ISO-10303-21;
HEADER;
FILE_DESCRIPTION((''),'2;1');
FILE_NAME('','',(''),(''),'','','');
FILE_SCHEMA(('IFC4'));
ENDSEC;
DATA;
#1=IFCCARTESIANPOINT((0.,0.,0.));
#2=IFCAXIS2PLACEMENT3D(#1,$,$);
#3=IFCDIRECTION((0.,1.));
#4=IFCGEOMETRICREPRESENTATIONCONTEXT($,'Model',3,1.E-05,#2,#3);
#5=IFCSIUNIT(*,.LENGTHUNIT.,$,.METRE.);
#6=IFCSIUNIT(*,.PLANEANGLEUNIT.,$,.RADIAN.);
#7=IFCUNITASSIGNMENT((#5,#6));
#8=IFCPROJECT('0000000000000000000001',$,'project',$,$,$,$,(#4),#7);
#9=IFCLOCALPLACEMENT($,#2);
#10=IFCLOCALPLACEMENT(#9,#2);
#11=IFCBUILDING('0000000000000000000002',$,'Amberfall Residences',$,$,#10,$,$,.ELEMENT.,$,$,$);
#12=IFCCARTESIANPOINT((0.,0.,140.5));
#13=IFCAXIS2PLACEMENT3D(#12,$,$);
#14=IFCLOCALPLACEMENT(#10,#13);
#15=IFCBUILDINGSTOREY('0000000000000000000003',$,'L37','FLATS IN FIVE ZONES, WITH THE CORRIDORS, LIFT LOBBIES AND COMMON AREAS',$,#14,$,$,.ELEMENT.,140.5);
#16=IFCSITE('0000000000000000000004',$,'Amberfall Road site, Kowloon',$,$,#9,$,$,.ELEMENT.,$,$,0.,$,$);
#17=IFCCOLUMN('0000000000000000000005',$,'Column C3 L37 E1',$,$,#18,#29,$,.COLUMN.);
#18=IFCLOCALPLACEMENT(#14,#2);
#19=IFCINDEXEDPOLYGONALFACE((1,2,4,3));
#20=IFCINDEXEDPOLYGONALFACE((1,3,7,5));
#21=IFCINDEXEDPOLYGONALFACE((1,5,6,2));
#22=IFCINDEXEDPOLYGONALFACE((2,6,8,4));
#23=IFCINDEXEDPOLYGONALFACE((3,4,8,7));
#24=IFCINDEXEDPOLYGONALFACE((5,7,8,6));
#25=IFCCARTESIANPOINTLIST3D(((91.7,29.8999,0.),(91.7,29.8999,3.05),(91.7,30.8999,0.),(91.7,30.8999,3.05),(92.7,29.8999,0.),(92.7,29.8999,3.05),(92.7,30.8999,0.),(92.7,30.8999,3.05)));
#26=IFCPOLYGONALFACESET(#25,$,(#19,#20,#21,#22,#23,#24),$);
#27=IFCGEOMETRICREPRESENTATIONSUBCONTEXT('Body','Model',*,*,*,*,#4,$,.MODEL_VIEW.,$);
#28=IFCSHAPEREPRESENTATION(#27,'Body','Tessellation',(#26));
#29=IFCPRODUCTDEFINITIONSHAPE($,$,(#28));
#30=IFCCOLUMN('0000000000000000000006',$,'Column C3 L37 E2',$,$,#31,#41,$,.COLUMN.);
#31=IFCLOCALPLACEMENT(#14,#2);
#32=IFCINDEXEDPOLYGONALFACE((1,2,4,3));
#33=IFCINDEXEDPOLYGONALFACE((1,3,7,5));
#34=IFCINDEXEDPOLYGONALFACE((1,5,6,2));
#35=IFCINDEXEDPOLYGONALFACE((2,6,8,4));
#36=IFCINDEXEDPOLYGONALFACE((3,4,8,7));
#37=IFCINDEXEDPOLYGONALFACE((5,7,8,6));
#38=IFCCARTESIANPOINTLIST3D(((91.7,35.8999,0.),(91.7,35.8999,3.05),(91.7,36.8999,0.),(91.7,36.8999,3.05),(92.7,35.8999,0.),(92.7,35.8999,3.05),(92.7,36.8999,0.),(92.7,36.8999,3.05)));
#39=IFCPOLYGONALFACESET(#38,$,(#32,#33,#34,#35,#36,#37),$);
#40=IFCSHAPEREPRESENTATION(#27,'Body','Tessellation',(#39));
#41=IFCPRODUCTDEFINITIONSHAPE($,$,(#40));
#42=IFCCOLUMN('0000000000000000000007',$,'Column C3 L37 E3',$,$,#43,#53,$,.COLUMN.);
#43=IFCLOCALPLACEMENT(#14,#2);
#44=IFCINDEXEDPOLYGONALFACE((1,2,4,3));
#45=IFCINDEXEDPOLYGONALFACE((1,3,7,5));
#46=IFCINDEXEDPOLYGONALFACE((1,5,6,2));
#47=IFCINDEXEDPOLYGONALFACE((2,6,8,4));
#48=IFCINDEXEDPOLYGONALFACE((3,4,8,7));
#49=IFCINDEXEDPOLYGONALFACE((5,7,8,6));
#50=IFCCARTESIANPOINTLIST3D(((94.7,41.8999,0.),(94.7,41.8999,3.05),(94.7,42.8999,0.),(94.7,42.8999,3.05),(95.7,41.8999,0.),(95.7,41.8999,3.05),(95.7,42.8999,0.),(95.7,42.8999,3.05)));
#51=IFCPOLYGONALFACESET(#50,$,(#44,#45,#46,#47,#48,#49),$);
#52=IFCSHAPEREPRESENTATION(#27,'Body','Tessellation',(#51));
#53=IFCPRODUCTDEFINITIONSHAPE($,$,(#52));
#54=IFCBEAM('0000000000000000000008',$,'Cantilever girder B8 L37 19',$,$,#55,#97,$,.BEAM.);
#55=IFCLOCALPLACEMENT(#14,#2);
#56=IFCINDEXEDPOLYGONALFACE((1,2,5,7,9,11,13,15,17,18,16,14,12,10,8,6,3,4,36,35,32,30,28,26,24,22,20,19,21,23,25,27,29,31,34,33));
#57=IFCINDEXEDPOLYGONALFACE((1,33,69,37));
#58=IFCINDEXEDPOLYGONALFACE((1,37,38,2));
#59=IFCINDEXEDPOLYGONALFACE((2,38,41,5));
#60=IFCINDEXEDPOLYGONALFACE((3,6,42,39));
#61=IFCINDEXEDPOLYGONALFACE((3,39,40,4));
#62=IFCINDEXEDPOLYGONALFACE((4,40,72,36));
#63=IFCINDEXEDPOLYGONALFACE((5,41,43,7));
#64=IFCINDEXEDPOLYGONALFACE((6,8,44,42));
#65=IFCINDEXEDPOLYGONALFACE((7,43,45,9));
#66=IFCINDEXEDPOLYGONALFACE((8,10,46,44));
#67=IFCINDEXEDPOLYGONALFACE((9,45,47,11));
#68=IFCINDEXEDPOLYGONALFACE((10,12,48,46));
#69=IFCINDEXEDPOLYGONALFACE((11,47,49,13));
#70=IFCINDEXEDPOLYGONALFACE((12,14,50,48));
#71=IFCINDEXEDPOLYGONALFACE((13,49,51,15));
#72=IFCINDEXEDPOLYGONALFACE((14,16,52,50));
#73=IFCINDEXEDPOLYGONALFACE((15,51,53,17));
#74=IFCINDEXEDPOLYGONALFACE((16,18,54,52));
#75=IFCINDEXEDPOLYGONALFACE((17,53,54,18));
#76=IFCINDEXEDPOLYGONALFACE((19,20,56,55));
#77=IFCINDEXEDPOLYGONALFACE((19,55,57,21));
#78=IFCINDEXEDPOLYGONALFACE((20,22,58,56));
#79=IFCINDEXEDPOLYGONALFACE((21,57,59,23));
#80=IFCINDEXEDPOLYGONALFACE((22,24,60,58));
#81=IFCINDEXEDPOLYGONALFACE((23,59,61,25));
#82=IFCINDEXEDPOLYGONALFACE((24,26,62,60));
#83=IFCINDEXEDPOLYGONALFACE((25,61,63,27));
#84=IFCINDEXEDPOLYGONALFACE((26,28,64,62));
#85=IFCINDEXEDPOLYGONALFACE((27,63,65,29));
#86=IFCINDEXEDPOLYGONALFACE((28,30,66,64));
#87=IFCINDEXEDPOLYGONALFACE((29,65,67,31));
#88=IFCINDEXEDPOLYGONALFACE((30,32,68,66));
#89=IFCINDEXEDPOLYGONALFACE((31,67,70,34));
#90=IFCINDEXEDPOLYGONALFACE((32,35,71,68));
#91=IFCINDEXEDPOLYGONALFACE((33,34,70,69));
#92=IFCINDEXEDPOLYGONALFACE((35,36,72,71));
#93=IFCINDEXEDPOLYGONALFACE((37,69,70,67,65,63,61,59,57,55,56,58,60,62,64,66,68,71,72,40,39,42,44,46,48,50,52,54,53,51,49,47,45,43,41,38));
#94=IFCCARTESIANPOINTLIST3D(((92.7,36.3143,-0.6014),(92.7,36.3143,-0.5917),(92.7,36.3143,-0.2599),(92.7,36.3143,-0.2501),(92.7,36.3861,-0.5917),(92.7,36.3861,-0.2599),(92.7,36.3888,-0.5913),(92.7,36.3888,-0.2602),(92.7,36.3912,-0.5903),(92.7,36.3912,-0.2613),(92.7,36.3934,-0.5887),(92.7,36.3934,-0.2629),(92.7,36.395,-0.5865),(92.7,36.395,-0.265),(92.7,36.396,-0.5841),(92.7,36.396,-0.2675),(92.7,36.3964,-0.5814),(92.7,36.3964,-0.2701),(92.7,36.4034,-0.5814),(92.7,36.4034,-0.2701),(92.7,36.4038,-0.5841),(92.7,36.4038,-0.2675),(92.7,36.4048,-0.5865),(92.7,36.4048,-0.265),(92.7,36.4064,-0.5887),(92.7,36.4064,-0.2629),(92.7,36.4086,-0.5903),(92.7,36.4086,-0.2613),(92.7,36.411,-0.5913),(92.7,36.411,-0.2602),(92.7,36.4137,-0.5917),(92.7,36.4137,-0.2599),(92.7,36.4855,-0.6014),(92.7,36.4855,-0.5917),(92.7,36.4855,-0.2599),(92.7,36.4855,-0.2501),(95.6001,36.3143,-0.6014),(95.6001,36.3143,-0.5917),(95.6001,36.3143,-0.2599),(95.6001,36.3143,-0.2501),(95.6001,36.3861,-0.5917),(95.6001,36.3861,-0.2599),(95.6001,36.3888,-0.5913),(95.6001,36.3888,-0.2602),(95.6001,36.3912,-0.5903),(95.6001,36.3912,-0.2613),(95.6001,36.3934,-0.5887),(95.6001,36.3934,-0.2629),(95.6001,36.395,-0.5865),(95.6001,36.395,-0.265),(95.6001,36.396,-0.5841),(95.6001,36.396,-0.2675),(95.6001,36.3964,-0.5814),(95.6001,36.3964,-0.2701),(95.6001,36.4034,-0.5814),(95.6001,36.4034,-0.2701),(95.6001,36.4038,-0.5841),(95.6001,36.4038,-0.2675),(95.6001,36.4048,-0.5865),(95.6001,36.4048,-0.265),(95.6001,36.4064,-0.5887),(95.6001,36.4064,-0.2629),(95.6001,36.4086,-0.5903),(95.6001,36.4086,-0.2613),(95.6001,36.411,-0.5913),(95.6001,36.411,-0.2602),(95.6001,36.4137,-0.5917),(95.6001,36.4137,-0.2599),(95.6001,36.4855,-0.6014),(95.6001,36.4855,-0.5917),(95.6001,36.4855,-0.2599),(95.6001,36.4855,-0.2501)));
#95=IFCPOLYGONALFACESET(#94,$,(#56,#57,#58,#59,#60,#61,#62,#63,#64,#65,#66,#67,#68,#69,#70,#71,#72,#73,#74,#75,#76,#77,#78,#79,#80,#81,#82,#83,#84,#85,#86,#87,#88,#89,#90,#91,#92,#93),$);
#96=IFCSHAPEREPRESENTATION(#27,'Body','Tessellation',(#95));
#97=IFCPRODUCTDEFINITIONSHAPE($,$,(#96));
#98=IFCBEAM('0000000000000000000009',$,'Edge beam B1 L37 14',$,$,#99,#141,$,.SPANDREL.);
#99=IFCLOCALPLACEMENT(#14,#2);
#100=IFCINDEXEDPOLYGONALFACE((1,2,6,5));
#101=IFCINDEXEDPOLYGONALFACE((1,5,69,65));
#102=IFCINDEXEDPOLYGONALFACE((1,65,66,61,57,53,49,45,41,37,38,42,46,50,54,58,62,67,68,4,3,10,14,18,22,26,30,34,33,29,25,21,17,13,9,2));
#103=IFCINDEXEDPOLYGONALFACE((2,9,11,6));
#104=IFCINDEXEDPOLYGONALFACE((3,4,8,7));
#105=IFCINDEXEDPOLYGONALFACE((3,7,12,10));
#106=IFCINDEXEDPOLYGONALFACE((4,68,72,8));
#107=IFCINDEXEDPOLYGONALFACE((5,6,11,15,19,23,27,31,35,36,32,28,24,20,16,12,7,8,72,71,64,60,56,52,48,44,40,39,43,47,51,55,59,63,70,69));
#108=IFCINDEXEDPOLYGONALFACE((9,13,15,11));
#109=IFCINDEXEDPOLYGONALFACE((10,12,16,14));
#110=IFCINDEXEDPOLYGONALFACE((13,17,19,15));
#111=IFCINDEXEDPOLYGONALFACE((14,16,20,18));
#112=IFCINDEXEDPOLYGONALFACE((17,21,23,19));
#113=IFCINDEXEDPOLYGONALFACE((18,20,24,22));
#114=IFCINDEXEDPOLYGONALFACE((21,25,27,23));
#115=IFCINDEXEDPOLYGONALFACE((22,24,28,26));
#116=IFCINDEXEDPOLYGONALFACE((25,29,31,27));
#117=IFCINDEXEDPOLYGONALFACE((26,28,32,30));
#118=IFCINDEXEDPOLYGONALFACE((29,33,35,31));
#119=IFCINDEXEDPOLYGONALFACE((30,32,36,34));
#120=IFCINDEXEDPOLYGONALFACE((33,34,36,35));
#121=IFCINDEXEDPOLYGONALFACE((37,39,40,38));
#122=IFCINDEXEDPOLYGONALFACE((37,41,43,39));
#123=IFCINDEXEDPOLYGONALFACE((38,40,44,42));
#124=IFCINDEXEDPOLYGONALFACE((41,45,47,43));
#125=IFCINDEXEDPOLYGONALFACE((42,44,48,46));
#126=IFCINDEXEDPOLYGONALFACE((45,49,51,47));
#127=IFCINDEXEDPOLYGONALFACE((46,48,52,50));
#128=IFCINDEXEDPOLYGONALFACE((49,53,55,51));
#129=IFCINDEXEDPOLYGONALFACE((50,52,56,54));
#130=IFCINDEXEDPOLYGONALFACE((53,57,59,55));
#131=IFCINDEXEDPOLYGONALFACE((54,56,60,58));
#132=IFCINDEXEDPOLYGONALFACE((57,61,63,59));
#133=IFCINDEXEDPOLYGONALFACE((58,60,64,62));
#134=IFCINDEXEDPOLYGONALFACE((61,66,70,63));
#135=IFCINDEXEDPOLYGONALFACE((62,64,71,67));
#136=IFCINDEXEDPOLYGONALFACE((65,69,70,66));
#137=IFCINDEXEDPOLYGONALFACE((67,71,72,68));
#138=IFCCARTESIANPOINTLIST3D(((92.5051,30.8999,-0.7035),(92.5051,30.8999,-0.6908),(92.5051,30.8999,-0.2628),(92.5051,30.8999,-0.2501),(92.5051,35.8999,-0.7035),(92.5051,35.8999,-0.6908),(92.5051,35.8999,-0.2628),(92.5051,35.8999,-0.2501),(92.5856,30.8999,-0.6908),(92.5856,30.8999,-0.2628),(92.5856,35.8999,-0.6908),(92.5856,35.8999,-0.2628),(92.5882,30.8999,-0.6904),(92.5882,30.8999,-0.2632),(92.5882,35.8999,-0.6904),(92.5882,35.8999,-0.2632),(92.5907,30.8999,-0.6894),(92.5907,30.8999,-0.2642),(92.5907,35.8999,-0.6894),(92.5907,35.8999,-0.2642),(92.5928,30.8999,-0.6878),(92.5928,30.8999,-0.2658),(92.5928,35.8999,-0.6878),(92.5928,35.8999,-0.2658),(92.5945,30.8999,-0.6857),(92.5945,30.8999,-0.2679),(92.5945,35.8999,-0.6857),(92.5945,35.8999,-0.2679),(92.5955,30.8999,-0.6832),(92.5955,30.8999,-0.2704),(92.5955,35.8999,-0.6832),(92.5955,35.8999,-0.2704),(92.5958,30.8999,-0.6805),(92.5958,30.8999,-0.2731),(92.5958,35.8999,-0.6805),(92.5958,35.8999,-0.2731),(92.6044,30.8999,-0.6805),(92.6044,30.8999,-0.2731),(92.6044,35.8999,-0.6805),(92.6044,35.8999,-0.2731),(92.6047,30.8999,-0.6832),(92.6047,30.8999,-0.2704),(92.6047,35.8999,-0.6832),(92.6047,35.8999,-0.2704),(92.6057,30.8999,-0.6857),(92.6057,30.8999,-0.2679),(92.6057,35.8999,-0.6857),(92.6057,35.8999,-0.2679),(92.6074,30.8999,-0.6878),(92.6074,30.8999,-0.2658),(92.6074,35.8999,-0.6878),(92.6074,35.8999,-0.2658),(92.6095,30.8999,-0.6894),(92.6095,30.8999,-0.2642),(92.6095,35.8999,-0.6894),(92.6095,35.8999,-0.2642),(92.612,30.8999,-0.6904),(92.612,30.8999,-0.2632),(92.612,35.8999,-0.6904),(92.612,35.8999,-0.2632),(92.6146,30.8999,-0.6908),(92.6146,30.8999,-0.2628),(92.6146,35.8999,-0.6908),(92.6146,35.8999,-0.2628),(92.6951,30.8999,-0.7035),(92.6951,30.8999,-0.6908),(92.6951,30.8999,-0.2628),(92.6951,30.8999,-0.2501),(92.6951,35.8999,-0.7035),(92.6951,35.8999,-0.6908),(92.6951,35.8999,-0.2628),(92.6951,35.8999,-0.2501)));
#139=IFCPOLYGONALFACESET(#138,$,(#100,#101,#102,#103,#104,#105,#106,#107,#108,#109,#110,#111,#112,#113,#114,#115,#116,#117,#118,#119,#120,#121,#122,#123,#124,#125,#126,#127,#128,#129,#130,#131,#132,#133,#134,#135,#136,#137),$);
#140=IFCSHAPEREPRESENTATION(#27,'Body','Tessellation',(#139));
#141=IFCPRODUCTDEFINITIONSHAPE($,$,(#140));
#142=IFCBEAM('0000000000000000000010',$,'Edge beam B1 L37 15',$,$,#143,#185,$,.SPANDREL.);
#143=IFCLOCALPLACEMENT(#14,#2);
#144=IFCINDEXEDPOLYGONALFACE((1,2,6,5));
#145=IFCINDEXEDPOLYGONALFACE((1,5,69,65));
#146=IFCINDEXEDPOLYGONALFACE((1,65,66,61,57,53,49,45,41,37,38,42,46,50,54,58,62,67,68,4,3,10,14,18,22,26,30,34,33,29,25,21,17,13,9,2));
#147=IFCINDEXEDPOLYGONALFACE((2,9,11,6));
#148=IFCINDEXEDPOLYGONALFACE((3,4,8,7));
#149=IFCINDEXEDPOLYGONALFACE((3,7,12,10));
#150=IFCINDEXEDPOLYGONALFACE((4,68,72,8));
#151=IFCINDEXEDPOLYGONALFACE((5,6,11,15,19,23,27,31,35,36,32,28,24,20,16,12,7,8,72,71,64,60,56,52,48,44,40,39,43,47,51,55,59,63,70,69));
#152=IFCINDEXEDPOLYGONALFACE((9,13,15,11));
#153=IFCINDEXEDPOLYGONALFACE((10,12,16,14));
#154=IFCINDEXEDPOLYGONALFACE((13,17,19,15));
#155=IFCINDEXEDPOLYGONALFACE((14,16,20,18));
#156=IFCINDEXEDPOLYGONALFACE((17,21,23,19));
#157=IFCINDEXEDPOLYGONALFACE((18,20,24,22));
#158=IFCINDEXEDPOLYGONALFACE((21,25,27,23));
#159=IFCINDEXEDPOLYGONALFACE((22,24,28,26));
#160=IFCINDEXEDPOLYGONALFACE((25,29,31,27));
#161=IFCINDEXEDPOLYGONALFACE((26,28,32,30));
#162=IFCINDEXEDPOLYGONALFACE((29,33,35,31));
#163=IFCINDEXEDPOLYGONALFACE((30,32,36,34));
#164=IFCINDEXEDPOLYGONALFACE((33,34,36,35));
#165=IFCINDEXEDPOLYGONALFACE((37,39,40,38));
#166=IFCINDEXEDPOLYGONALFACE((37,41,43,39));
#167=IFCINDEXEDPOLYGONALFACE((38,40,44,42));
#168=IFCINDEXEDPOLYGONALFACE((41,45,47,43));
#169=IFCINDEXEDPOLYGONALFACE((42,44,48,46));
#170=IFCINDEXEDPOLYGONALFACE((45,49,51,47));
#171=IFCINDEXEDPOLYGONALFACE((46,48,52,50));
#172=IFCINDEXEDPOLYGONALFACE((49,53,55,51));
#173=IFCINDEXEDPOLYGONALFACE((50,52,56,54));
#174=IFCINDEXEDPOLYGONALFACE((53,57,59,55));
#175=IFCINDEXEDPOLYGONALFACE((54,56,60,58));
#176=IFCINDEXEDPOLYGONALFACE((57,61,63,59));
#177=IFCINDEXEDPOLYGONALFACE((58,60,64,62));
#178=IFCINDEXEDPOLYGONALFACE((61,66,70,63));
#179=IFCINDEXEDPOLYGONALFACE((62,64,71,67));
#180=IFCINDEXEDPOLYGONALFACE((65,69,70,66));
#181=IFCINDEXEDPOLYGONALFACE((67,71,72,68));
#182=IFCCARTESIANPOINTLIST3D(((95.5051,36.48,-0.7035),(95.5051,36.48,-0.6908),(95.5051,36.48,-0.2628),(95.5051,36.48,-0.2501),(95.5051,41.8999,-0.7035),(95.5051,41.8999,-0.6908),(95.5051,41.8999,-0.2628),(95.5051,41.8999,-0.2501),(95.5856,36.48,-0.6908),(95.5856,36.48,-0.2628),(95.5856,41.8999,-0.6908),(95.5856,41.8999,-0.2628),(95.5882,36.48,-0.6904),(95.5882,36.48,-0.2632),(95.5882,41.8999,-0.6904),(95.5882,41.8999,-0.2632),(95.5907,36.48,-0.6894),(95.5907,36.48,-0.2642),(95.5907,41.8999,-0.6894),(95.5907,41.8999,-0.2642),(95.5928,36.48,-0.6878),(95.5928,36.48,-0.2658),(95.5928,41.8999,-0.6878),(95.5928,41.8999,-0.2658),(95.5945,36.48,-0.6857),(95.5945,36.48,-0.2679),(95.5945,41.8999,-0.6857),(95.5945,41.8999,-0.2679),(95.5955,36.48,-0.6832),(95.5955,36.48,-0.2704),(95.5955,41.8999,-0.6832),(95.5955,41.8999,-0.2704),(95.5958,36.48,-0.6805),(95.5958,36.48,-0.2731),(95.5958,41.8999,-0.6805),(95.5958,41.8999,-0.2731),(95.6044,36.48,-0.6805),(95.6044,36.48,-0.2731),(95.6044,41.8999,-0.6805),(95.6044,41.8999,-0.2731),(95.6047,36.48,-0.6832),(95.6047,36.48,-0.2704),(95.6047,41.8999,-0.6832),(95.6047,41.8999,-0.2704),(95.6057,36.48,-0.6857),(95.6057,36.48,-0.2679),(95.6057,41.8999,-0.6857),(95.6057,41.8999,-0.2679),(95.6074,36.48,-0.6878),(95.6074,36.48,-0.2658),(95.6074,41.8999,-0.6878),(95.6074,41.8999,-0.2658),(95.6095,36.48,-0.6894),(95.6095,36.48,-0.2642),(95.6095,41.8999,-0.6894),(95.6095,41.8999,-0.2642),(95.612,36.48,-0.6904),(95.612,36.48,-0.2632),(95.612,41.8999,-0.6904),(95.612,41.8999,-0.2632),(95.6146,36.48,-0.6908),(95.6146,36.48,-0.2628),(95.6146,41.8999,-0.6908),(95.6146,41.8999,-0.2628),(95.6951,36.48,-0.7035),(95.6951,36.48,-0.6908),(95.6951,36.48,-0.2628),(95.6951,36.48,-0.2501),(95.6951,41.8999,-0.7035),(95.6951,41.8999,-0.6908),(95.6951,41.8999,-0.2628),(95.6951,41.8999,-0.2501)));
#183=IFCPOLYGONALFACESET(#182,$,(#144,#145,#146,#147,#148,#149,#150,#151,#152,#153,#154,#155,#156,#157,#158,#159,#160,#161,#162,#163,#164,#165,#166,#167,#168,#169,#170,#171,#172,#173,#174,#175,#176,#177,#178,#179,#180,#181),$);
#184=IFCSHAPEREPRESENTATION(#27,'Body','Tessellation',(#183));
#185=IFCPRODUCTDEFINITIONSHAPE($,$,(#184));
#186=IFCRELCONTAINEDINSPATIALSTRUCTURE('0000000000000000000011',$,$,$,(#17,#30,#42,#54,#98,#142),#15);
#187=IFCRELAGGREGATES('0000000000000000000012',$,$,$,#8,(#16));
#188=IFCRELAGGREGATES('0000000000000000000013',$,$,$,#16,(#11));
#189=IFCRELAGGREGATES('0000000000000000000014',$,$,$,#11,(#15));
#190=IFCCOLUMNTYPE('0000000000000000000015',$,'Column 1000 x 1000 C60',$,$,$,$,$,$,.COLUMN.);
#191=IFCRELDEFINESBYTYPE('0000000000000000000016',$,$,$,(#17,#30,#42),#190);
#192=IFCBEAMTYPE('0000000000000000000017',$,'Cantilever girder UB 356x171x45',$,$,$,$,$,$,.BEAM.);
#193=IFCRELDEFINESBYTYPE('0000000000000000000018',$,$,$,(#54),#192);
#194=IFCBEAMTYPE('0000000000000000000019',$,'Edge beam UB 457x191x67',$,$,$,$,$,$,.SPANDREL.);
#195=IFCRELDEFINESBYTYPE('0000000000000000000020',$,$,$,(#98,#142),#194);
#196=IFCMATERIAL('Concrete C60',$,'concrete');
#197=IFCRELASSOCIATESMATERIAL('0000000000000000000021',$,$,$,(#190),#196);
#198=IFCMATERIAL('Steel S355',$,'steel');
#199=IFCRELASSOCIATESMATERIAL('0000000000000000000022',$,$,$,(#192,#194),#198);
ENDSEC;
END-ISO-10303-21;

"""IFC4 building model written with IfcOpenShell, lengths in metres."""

from ifc_helpers import new_model, si_unit, direction, frame, origin, origin_2d, place, context, subcontext, project, spatial, rectangle, i_section, extrude, material, material_profile, profile_set, type_object, element, save


model = new_model("IFC4")

# Units and contexts
model_context = context("Model", 3, precision=1e-05, world=origin(), true_north=direction((0.0, 1.0)))
body_context = subcontext(model_context, "Body", "Model", "MODEL_VIEW")
ifc_project = project(units=[si_unit("LENGTHUNIT", "METRE"), si_unit("PLANEANGLEUNIT", "RADIAN")], contexts=[model_context])

# Site, building, storey
site_placement = place(None, origin())
site = spatial("IfcSite", under=ifc_project, at=site_placement, Name="Amberfall Road site, Kowloon", CompositionType="ELEMENT", RefElevation=0.0)
building_placement = place(site_placement, origin())
building = spatial("IfcBuilding", under=site, at=building_placement, Name="Amberfall Residences", CompositionType="ELEMENT")
storey_placement = place(building_placement, frame((0.0, 0.0, 140.5)))
storey = spatial("IfcBuildingStorey", under=building, at=storey_placement, Name="L37", Description="FLATS IN FIVE ZONES, WITH THE CORRIDORS, LIFT LOBBIES AND COMMON AREAS", CompositionType="ELEMENT", Elevation=140.5)

# Columns
ifc_material_1 = material(Name="Concrete C60", Category="concrete")
ifc_material_profile_1 = material_profile(ifc_material_1, rectangle(XDim=1.0, YDim=1.0, at=origin_2d()), Name="Column 1000 x 1000 C60")
ifc_profile_set_1 = profile_set([ifc_material_profile_1], Name="Concrete C60")
column_type = type_object("IfcColumnType", Name="Column 1000 x 1000 C60", PredefinedType="COLUMN", material=ifc_profile_set_1)
for number, where, z_axis, x_axis, name in (
    (1, (92.2, 30.3999, 0.0), (0.0, 0.0, 1.0), (1.0, 0.0, 0.0), "Column C3 L37 E1"),
    (2, (92.2, 36.3999, 0.0), (0.0, 0.0, 1.0), (1.0, 0.0, 0.0), "Column C3 L37 E2"),
    (3, (95.2, 42.3999, 0.0), (0.0, 0.0, 1.0), (1.0, 0.0, 0.0), "Column C3 L37 E3"),
):
    element("IfcColumn", number, at=place(storey_placement, frame(where, z_axis=z_axis, x_axis=x_axis)), inside=storey, type_object=column_type, Name=name, PredefinedType="COLUMN", context=body_context, shape_type="SweptSolid", body=[
        extrude(rectangle(XDim=1.0, YDim=1.0, at=origin_2d()), origin(), (0.0, 0.0, 1.0), 3.05),
    ])

# Beams
ifc_material_2 = material(Name="Steel S355", Category="steel")
ifc_material_profile_2 = material_profile(ifc_material_2, i_section(OverallWidth=0.1711, OverallDepth=0.3513, WebThickness=0.0071, FlangeThickness=0.0098, FilletRadius=0.0103, at=origin_2d()), Name="UB 356x171x45")
ifc_profile_set_2 = profile_set([ifc_material_profile_2], Name="Steel S355")
beam_type_1 = type_object("IfcBeamType", Name="Cantilever girder UB 356x171x45", PredefinedType="BEAM", material=ifc_profile_set_2)
beam_1_placement = place(storey_placement, frame((92.7, 36.3999, -0.4258), z_axis=(1.0, 0.0, 0.0), x_axis=(0.0, 1.0, 0.0)))
element("IfcBeam", 4, at=beam_1_placement, inside=storey, type_object=beam_type_1, Name="Cantilever girder B8 L37 19", PredefinedType="BEAM", context=body_context, shape_type="SweptSolid", body=[
    extrude(i_section(OverallWidth=0.1711, OverallDepth=0.3513, WebThickness=0.0071, FlangeThickness=0.0098, FilletRadius=0.0103, at=origin_2d()), origin(), (0.0, 0.0, 1.0), 2.9001),
])
ifc_material_profile_3 = material_profile(ifc_material_2, i_section(OverallWidth=0.1899, OverallDepth=0.4534, WebThickness=0.0085, FlangeThickness=0.0127, FilletRadius=0.0103, at=origin_2d()), Name="UB 457x191x67")
ifc_profile_set_3 = profile_set([ifc_material_profile_3], Name="Steel S355")
beam_type_2 = type_object("IfcBeamType", Name="Edge beam UB 457x191x67", PredefinedType="SPANDREL", material=ifc_profile_set_3)
beam_2_placement = place(storey_placement, frame((92.6001, 30.8999, -0.4768), z_axis=(0.0, 1.0, 0.0), x_axis=(-1.0, 0.0, 0.0)))
element("IfcBeam", 5, at=beam_2_placement, inside=storey, type_object=beam_type_2, Name="Edge beam B1 L37 14", PredefinedType="SPANDREL", context=body_context, shape_type="SweptSolid", body=[
    extrude(i_section(OverallWidth=0.1899, OverallDepth=0.4534, WebThickness=0.0085, FlangeThickness=0.0127, FilletRadius=0.0103, at=origin_2d()), origin(), (0.0, 0.0, 1.0), 5.0),
])
beam_3_placement = place(storey_placement, frame((95.6001, 36.48, -0.4768), z_axis=(0.0, 1.0, 0.0), x_axis=(-1.0, 0.0, 0.0)))
element("IfcBeam", 6, at=beam_3_placement, inside=storey, type_object=beam_type_2, Name="Edge beam B1 L37 15", PredefinedType="SPANDREL", context=body_context, shape_type="SweptSolid", body=[
    extrude(i_section(OverallWidth=0.1899, OverallDepth=0.4534, WebThickness=0.0085, FlangeThickness=0.0127, FilletRadius=0.0103, at=origin_2d()), origin(), (0.0, 0.0, 1.0), 5.4199),
])

save(model, "model.ifc")
